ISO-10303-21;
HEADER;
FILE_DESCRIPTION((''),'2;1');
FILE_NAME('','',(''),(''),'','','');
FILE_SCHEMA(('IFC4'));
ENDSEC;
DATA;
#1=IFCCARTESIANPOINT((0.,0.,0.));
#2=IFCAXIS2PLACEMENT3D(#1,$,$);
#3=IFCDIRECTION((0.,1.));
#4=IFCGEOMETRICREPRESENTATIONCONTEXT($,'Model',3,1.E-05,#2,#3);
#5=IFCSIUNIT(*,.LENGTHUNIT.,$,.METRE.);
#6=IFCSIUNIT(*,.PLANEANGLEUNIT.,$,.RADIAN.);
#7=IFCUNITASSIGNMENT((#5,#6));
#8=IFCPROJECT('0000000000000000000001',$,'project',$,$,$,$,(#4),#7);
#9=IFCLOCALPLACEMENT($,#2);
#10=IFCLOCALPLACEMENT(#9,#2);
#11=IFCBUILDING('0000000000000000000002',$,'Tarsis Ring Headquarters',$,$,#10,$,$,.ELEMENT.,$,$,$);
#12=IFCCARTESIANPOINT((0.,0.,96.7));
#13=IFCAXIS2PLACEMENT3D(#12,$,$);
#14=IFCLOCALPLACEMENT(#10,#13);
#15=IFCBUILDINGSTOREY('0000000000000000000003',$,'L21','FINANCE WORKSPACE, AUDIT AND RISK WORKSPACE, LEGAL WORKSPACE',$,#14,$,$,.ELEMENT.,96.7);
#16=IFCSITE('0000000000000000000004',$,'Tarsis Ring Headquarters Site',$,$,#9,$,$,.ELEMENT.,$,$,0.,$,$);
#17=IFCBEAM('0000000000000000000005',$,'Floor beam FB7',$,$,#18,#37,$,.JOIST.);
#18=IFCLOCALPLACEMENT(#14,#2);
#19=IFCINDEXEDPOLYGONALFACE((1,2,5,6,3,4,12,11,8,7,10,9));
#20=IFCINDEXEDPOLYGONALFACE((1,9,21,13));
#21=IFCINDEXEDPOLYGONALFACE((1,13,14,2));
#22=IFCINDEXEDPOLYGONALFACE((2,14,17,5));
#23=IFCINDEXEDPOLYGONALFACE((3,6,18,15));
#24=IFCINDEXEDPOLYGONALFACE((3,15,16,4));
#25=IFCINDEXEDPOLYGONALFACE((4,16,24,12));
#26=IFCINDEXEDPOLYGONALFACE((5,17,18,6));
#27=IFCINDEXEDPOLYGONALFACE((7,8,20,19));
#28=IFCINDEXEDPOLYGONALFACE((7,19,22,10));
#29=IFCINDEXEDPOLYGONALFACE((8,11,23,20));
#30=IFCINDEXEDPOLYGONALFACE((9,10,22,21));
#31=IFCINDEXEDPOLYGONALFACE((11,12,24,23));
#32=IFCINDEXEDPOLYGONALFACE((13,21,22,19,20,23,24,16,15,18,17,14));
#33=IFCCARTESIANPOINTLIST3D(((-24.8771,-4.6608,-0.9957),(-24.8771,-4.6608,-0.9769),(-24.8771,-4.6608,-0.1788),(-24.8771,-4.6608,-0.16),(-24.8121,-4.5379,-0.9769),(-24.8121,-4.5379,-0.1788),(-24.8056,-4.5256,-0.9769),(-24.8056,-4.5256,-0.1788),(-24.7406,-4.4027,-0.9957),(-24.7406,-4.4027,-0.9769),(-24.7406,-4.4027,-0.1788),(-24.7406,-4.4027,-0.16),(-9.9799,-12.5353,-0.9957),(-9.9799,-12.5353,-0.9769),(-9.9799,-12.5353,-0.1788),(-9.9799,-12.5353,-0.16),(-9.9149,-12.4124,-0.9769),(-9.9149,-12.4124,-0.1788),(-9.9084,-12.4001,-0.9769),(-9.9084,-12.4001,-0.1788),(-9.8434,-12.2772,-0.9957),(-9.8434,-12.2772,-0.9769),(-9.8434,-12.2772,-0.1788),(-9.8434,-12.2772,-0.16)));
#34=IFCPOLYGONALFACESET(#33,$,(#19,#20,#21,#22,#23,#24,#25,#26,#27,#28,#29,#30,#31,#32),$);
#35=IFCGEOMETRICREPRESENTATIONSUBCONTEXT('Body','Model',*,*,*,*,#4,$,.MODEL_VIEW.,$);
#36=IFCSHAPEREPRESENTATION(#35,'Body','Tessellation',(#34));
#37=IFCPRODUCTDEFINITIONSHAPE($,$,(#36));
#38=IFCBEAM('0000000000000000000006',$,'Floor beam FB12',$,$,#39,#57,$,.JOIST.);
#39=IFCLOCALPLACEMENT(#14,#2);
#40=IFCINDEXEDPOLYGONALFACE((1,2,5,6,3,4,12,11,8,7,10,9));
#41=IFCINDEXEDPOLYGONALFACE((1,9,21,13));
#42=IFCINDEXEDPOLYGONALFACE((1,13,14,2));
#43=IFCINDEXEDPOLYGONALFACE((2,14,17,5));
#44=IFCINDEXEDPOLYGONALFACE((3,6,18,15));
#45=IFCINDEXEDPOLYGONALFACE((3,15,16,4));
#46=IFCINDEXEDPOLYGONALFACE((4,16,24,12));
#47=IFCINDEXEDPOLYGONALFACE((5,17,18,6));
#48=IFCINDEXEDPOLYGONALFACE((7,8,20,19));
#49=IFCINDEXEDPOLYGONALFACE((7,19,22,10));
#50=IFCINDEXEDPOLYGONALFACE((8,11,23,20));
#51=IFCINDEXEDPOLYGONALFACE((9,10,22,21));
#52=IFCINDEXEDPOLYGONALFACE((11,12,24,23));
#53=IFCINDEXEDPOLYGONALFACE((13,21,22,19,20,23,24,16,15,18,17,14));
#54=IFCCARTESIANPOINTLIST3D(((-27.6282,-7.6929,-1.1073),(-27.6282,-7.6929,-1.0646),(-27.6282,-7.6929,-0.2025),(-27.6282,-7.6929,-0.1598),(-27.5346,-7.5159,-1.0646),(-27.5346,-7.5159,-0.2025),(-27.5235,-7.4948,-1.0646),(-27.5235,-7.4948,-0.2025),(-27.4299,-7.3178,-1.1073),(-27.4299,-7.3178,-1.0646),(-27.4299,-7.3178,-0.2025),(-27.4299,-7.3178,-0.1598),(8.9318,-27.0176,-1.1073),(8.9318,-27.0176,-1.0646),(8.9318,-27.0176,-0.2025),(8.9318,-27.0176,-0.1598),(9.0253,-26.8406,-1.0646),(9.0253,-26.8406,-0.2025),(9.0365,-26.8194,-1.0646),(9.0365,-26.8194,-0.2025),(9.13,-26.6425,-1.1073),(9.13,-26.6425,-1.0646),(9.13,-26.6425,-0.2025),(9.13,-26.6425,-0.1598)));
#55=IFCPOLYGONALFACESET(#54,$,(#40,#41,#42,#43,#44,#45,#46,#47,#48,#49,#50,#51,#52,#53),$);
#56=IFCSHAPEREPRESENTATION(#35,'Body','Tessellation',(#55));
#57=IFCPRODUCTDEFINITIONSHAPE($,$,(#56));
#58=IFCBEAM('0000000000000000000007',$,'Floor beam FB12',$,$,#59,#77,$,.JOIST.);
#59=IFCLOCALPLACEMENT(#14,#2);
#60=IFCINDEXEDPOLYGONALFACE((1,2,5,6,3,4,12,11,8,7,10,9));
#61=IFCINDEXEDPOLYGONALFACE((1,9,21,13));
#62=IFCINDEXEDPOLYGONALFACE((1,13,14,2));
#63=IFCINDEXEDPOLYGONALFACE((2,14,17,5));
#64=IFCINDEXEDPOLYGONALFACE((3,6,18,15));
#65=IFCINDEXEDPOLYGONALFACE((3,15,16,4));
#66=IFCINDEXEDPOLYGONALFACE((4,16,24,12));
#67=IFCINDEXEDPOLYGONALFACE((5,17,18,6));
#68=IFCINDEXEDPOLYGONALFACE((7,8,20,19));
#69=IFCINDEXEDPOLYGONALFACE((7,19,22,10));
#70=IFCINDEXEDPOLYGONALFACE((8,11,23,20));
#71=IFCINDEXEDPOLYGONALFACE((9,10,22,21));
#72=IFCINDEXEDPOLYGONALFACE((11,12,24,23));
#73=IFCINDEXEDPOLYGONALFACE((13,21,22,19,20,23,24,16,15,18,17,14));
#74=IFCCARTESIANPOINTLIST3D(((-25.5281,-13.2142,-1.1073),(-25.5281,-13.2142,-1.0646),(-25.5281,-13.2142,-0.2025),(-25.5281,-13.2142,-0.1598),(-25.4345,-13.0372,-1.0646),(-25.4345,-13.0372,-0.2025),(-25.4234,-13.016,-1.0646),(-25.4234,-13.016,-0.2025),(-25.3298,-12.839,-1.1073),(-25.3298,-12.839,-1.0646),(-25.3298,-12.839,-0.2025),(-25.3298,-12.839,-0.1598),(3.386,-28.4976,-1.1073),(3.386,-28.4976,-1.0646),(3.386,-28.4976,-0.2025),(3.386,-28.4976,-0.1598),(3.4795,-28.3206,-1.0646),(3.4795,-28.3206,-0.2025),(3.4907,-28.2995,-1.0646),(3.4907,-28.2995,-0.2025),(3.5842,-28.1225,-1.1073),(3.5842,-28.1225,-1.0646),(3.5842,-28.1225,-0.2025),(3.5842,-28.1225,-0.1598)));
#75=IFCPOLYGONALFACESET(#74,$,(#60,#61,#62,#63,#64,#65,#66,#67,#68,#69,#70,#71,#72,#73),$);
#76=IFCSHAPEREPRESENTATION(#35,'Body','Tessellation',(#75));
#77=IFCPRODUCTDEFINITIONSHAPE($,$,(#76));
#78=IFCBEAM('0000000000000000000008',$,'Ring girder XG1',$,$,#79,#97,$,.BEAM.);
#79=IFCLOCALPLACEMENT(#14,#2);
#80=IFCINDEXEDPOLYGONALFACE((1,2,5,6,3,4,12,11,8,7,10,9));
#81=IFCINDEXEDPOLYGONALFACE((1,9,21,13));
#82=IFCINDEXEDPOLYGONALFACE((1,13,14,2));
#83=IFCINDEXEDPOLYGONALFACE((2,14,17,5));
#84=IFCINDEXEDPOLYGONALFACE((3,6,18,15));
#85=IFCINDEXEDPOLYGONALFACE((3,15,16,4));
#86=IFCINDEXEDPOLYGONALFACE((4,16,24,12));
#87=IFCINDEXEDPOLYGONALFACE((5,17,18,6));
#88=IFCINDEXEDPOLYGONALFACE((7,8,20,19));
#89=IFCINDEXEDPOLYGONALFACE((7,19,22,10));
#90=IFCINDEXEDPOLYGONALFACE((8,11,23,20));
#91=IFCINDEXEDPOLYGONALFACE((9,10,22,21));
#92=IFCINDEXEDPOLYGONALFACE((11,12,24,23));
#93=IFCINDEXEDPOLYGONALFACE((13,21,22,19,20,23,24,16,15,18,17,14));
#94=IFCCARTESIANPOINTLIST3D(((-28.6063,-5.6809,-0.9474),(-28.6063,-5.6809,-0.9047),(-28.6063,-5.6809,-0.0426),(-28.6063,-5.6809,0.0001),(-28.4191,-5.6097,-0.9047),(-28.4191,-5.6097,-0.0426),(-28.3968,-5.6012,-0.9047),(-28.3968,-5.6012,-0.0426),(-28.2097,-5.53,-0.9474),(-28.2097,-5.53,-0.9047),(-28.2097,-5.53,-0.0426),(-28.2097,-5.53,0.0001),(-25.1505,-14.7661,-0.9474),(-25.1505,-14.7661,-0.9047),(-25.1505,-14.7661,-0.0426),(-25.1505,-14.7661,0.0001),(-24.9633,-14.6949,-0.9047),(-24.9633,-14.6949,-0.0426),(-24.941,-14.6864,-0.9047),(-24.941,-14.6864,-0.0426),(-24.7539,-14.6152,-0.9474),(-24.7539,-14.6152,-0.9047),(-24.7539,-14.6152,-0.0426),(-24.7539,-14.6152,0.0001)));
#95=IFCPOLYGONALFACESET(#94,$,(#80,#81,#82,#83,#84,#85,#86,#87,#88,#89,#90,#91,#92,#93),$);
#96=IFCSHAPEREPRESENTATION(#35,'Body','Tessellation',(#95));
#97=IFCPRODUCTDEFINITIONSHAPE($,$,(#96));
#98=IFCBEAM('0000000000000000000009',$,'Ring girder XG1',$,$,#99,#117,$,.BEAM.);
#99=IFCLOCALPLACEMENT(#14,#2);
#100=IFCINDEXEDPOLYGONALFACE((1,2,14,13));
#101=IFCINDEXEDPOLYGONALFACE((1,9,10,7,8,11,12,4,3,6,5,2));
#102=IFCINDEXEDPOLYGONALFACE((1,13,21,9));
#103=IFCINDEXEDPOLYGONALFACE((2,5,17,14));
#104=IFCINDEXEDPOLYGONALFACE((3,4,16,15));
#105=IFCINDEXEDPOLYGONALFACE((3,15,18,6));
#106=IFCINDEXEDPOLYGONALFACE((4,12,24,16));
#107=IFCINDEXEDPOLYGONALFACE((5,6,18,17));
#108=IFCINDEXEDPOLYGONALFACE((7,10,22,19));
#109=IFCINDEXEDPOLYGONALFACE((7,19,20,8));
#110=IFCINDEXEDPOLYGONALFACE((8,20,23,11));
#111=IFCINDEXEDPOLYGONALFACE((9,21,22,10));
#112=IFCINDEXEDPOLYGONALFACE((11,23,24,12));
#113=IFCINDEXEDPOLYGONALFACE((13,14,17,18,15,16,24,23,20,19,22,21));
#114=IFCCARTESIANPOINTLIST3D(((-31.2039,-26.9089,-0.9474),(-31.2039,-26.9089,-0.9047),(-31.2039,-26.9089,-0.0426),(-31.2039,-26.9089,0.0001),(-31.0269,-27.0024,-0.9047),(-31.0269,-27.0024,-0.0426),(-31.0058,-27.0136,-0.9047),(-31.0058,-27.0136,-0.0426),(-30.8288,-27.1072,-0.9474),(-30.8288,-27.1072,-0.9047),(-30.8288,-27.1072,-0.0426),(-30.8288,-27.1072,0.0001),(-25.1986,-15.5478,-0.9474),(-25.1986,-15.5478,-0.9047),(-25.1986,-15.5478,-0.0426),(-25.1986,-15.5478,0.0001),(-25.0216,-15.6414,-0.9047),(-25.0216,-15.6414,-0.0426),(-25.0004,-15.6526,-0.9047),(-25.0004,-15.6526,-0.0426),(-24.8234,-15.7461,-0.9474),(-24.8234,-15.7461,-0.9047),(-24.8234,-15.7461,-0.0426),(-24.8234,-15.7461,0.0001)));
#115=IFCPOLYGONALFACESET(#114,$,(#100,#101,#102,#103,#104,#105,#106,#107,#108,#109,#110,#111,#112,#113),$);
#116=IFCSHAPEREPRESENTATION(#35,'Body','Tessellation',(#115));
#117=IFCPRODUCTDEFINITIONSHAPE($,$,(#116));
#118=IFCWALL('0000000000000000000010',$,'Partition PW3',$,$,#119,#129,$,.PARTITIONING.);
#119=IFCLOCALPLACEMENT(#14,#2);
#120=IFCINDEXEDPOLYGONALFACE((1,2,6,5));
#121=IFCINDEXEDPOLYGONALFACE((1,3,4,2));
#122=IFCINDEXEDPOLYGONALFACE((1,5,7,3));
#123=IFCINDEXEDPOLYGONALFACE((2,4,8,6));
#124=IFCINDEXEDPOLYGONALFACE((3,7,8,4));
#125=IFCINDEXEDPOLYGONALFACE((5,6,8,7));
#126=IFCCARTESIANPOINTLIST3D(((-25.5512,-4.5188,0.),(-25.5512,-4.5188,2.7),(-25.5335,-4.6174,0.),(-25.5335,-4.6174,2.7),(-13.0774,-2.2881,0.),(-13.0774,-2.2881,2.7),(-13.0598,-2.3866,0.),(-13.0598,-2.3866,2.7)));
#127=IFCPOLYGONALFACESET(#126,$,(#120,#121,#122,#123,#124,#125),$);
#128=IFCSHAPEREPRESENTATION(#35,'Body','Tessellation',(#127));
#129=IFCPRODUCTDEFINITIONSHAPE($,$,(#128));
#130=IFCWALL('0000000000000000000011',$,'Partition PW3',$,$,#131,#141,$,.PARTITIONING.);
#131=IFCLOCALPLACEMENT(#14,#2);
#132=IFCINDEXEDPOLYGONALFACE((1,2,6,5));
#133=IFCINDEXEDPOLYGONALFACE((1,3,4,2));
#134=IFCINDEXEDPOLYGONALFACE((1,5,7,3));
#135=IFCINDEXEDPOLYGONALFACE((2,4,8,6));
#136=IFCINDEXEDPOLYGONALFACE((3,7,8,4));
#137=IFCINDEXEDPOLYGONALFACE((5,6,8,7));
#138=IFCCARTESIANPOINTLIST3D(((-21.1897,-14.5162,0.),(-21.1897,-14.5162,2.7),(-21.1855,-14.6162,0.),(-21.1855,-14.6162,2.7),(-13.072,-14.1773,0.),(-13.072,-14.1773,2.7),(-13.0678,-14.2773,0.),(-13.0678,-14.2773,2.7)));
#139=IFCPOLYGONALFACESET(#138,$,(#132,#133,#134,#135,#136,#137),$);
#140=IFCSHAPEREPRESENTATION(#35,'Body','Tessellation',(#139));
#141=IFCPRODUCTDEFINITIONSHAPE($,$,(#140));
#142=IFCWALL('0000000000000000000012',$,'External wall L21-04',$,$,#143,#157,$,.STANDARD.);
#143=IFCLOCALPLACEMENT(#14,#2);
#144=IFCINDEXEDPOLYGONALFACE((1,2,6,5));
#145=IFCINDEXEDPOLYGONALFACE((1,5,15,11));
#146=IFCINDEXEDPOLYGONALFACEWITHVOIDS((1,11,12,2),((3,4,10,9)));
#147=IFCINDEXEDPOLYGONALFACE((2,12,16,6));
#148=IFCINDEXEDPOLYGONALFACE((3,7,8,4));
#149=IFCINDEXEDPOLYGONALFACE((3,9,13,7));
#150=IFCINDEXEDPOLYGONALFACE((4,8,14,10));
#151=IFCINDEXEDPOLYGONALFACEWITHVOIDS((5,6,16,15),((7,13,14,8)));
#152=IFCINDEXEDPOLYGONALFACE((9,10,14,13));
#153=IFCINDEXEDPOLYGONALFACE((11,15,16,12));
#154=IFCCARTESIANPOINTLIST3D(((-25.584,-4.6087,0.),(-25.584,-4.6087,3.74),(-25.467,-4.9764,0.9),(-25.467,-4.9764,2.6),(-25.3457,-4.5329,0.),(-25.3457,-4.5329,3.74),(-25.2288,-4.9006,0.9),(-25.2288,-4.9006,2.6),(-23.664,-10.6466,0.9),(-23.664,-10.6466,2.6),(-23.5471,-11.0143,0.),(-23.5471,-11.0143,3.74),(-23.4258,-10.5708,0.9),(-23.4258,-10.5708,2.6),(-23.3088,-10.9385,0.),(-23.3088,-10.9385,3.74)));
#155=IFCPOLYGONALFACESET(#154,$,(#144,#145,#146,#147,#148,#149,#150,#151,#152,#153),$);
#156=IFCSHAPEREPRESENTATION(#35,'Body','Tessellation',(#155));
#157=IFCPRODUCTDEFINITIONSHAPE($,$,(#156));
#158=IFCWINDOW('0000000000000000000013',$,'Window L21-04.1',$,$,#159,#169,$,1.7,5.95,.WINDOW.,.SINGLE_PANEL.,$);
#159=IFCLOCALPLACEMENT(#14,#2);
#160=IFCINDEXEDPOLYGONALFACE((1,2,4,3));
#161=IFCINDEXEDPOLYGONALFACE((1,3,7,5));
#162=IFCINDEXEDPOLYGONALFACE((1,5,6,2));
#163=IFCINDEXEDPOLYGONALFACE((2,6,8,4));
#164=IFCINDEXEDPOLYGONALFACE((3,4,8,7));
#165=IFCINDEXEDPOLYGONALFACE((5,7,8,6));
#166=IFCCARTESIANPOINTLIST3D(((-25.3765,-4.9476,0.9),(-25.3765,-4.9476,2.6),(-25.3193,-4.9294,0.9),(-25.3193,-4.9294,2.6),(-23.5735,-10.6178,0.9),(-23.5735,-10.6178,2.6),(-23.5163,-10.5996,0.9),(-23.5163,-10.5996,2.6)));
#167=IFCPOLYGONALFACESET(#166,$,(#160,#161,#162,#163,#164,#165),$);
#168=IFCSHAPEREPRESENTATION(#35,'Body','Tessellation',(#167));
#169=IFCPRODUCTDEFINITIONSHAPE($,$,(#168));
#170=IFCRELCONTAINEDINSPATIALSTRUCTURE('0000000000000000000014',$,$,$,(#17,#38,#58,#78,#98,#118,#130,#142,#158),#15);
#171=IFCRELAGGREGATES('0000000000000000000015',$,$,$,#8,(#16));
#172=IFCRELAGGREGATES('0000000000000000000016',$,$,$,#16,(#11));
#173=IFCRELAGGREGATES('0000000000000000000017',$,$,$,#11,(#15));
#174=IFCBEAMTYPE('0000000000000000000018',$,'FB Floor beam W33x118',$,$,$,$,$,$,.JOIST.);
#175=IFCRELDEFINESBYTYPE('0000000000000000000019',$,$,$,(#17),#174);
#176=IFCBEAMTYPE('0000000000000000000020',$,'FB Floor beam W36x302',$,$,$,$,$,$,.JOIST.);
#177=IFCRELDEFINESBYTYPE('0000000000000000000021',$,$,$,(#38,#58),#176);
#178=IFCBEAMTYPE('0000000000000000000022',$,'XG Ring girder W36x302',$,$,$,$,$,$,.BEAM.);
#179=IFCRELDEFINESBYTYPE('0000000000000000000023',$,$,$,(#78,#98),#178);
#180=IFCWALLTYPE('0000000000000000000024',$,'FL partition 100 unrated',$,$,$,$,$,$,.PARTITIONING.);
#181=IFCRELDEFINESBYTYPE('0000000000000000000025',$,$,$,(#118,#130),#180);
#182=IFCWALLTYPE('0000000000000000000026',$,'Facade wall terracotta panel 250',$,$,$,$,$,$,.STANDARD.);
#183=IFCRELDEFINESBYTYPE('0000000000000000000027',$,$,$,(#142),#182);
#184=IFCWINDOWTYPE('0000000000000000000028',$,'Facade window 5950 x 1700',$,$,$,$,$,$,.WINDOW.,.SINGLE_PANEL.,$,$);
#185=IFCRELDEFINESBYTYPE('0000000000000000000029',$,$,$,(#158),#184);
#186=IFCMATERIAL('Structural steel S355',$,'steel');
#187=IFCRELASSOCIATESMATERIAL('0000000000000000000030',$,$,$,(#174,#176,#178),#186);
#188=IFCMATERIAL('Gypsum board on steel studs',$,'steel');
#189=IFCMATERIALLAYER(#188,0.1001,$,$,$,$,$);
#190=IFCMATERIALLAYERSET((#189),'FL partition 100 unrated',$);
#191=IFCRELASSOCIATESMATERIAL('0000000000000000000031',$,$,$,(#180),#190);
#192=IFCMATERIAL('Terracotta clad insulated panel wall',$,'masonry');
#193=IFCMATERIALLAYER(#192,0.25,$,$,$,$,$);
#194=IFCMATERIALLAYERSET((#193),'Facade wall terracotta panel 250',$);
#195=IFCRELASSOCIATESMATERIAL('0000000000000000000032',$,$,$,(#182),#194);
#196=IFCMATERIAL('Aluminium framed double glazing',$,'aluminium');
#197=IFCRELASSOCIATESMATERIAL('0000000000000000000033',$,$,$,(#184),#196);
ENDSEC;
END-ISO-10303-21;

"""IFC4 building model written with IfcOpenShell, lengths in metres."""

from ifc_helpers import new_model, si_unit, direction, frame, frame_2d, origin, origin_2d, place, context, subcontext, project, spatial, rectangle, i_section, extrude, material, layer, layer_set, material_profile, profile_set, type_object, element, fill, save


model = new_model("IFC4")

# Units and contexts
model_context = context("Model", 3, precision=1e-05, world=origin(), true_north=direction((0.0, 1.0)))
body_context = subcontext(model_context, "Body", "Model", "MODEL_VIEW")
ifc_project = project(units=[si_unit("LENGTHUNIT", "METRE"), si_unit("PLANEANGLEUNIT", "RADIAN")], contexts=[model_context])

# Site, building, storey
site_placement = place(None, origin())
site = spatial("IfcSite", under=ifc_project, at=site_placement, Name="Tarsis Ring Headquarters Site", CompositionType="ELEMENT", RefElevation=0.0)
building_placement = place(site_placement, origin())
building = spatial("IfcBuilding", under=site, at=building_placement, Name="Tarsis Ring Headquarters", CompositionType="ELEMENT")
storey_placement = place(building_placement, frame((0.0, 0.0, 96.7)))
storey = spatial("IfcBuildingStorey", under=building, at=storey_placement, Name="L21", Description="FINANCE WORKSPACE, AUDIT AND RISK WORKSPACE, LEGAL WORKSPACE", CompositionType="ELEMENT", Elevation=96.7)

# Shared definitions
ifc_material_1 = material(Name="Structural steel S355", Category="steel")

# Beams
ifc_material_profile_1 = material_profile(ifc_material_1, i_section(OverallWidth=0.292, OverallDepth=0.8357, WebThickness=0.0139, FlangeThickness=0.0188, at=origin_2d()), Name="W33x118")
ifc_profile_set_1 = profile_set([ifc_material_profile_1], Name="Structural steel S355")
beam_type_1 = type_object("IfcBeamType", Name="FB Floor beam W33x118", PredefinedType="JOIST", material=ifc_profile_set_1)
beam_1_placement = place(storey_placement, frame((-24.8088, -4.5317, -0.5779), z_axis=(0.884088, -0.46732, 0.0), x_axis=(0.46732, 0.884088, 0.0)))
element("IfcBeam", 1, at=beam_1_placement, inside=storey, type_object=beam_type_1, Name="Floor beam FB7", PredefinedType="JOIST", context=body_context, shape_type="SweptSolid", body=[
    extrude(i_section(OverallWidth=0.292, OverallDepth=0.8357, WebThickness=0.0139, FlangeThickness=0.0188, at=origin_2d()), origin(), (0.0, 0.0, 1.0), 16.8503),
])
ifc_material_profile_2 = material_profile(ifc_material_1, i_section(OverallWidth=0.4243, OverallDepth=0.9475, WebThickness=0.0239, FlangeThickness=0.0427, at=origin_2d()), Name="W36x302")
ifc_profile_set_2 = profile_set([ifc_material_profile_2], Name="Structural steel S355")
beam_type_2 = type_object("IfcBeamType", Name="FB Floor beam W36x302", PredefinedType="JOIST", material=ifc_profile_set_2)
beam_2_placement = place(storey_placement, frame((-27.5291, -7.5054, -0.6335), z_axis=(0.884094, -0.467309, 0.0), x_axis=(0.467309, 0.884094, 0.0)))
element("IfcBeam", 2, at=beam_2_placement, inside=storey, type_object=beam_type_2, Name="Floor beam FB12", PredefinedType="JOIST", context=body_context, shape_type="SweptSolid", body=[
    extrude(i_section(OverallWidth=0.4243, OverallDepth=0.9475, WebThickness=0.0239, FlangeThickness=0.0427, at=origin_2d()), origin(), (0.0, 0.0, 1.0), 41.353),
])
beam_3_placement = place(storey_placement, frame((-25.429, -13.0266, -0.6335), z_axis=(0.884091, -0.467314, 0.0), x_axis=(0.467314, 0.884091, 0.0)))
element("IfcBeam", 3, at=beam_3_placement, inside=storey, type_object=beam_type_2, Name="Floor beam FB12", PredefinedType="JOIST", context=body_context, shape_type="SweptSolid", body=[
    extrude(i_section(OverallWidth=0.4243, OverallDepth=0.9475, WebThickness=0.0239, FlangeThickness=0.0427, at=origin_2d()), origin(), (0.0, 0.0, 1.0), 32.7048),
])
beam_type_3 = type_object("IfcBeamType", Name="XG Ring girder W36x302", PredefinedType="BEAM", material=ifc_profile_set_2)
beam_4_placement = place(storey_placement, frame((-28.408, -5.6055, -0.4736), z_axis=(0.355526, -0.934666, 0.0), x_axis=(0.934666, 0.355526, 0.0)))
element("IfcBeam", 4, at=beam_4_placement, inside=storey, type_object=beam_type_3, Name="Ring girder XG1", PredefinedType="BEAM", context=body_context, shape_type="SweptSolid", body=[
    extrude(i_section(OverallWidth=0.4243, OverallDepth=0.9475, WebThickness=0.0239, FlangeThickness=0.0427, at=origin_2d()), origin(), (0.0, 0.0, 1.0), 9.7202),
])
beam_5_placement = place(storey_placement, frame((-25.011, -15.647, -0.4736), z_axis=(-0.467321, -0.884088, 0.0), x_axis=(0.884088, -0.467321, 0.0)))
element("IfcBeam", 5, at=beam_5_placement, inside=storey, type_object=beam_type_3, Name="Ring girder XG1", PredefinedType="BEAM", context=body_context, shape_type="SweptSolid", body=[
    extrude(i_section(OverallWidth=0.4243, OverallDepth=0.9475, WebThickness=0.0239, FlangeThickness=0.0427, at=origin_2d()), origin(), (0.0, 0.0, 1.0), 12.8506),
])

# Walls
ifc_material_2 = material(Name="Gypsum board on steel studs", Category="steel")
ifc_layer_1 = layer(ifc_material_2, 0.1001)
ifc_layer_set_1 = layer_set([ifc_layer_1], Name="FL partition 100 unrated")
wall_type_1 = type_object("IfcWallType", Name="FL partition 100 unrated", PredefinedType="PARTITIONING", material=ifc_layer_set_1)
wall_1_placement = place(storey_placement, frame((-25.5425, -4.5681, 0.0), z_axis=(0.0, 0.0, 1.0), x_axis=(0.984383, 0.176041, 0.0)))
element("IfcWall", 6, at=wall_1_placement, inside=storey, type_object=wall_type_1, Name="Partition PW3", PredefinedType="PARTITIONING", context=body_context, shape_type="SweptSolid", body=[
    extrude(rectangle(XDim=12.6716, YDim=0.1001, at=frame_2d((6.3359, 0.0))), origin(), (0.0, 0.0, 1.0), 2.7),
])
wall_2_placement = place(storey_placement, frame((-21.1877, -14.5662, 0.0), z_axis=(0.0, 0.0, 1.0), x_axis=(0.99913, 0.041708, 0.0)))
element("IfcWall", 7, at=wall_2_placement, inside=storey, type_object=wall_type_1, Name="Partition PW3", PredefinedType="PARTITIONING", context=body_context, shape_type="SweptSolid", body=[
    extrude(rectangle(XDim=8.1248, YDim=0.1001, at=frame_2d((4.0625, 0.0))), origin(), (0.0, 0.0, 1.0), 2.7),
])

# Wall, opening, window
ifc_material_3 = material(Name="Terracotta clad insulated panel wall", Category="masonry")
ifc_layer_2 = layer(ifc_material_3, 0.25)
ifc_layer_set_2 = layer_set([ifc_layer_2], Name="Facade wall terracotta panel 250")
wall_type_2 = type_object("IfcWallType", Name="Facade wall terracotta panel 250", PredefinedType="STANDARD", material=ifc_layer_set_2)
wall_3_placement = place(storey_placement, frame((-25.4648, -4.5708, 0.0), z_axis=(0.0, 0.0, 1.0), x_axis=(0.303034, -0.95298, 0.0)))
wall_3 = element("IfcWall", 8, at=wall_3_placement, inside=storey, type_object=wall_type_2, Name="External wall L21-04", PredefinedType="STANDARD", context=body_context, shape_type="SweptSolid", body=[
    extrude(rectangle(XDim=6.7217, YDim=0.25, at=frame_2d((3.3608, 0.0))), origin(), (0.0, 0.0, 1.0), 3.74),
])
opening_1_placement = place(wall_3_placement, frame((0.3857, 0.0, 0.8999)))
opening_1 = element("IfcOpeningElement", 9, at=opening_1_placement, cuts=wall_3, PredefinedType="OPENING", context=body_context, shape_type="SweptSolid", body=[
    extrude(rectangle(XDim=5.95, YDim=1.7, at=frame_2d((2.9751, 0.8501))), frame((0.0, 0.135, 0.0), z_axis=(0.0, -1.0, 0.0), x_axis=(1.0, 0.0, 0.0)), (0.0, 0.0, 1.0), 0.27),
])
ifc_material_4 = material(Name="Aluminium framed double glazing", Category="aluminium")
window_type_1 = type_object("IfcWindowType", Name="Facade window 5950 x 1700", PartitioningType="SINGLE_PANEL", PredefinedType="WINDOW", material=ifc_material_4)
window_1_placement = place(opening_1_placement, origin())
window_1 = element("IfcWindow", 10, at=window_1_placement, inside=storey, type_object=window_type_1, Name="Window L21-04.1", OverallHeight=1.7, OverallWidth=5.95, PartitioningType="SINGLE_PANEL", PredefinedType="WINDOW", context=body_context, shape_type="SweptSolid", body=[
    extrude(rectangle(XDim=5.95, YDim=1.7, at=frame_2d((2.9751, 0.8501))), frame((0.0, 0.03, 0.0), z_axis=(0.0, -1.0, 0.0), x_axis=(1.0, 0.0, 0.0)), (0.0, 0.0, 1.0), 0.0601),
])
fill(opening_1, window_1)

save(model, "model.ifc")
